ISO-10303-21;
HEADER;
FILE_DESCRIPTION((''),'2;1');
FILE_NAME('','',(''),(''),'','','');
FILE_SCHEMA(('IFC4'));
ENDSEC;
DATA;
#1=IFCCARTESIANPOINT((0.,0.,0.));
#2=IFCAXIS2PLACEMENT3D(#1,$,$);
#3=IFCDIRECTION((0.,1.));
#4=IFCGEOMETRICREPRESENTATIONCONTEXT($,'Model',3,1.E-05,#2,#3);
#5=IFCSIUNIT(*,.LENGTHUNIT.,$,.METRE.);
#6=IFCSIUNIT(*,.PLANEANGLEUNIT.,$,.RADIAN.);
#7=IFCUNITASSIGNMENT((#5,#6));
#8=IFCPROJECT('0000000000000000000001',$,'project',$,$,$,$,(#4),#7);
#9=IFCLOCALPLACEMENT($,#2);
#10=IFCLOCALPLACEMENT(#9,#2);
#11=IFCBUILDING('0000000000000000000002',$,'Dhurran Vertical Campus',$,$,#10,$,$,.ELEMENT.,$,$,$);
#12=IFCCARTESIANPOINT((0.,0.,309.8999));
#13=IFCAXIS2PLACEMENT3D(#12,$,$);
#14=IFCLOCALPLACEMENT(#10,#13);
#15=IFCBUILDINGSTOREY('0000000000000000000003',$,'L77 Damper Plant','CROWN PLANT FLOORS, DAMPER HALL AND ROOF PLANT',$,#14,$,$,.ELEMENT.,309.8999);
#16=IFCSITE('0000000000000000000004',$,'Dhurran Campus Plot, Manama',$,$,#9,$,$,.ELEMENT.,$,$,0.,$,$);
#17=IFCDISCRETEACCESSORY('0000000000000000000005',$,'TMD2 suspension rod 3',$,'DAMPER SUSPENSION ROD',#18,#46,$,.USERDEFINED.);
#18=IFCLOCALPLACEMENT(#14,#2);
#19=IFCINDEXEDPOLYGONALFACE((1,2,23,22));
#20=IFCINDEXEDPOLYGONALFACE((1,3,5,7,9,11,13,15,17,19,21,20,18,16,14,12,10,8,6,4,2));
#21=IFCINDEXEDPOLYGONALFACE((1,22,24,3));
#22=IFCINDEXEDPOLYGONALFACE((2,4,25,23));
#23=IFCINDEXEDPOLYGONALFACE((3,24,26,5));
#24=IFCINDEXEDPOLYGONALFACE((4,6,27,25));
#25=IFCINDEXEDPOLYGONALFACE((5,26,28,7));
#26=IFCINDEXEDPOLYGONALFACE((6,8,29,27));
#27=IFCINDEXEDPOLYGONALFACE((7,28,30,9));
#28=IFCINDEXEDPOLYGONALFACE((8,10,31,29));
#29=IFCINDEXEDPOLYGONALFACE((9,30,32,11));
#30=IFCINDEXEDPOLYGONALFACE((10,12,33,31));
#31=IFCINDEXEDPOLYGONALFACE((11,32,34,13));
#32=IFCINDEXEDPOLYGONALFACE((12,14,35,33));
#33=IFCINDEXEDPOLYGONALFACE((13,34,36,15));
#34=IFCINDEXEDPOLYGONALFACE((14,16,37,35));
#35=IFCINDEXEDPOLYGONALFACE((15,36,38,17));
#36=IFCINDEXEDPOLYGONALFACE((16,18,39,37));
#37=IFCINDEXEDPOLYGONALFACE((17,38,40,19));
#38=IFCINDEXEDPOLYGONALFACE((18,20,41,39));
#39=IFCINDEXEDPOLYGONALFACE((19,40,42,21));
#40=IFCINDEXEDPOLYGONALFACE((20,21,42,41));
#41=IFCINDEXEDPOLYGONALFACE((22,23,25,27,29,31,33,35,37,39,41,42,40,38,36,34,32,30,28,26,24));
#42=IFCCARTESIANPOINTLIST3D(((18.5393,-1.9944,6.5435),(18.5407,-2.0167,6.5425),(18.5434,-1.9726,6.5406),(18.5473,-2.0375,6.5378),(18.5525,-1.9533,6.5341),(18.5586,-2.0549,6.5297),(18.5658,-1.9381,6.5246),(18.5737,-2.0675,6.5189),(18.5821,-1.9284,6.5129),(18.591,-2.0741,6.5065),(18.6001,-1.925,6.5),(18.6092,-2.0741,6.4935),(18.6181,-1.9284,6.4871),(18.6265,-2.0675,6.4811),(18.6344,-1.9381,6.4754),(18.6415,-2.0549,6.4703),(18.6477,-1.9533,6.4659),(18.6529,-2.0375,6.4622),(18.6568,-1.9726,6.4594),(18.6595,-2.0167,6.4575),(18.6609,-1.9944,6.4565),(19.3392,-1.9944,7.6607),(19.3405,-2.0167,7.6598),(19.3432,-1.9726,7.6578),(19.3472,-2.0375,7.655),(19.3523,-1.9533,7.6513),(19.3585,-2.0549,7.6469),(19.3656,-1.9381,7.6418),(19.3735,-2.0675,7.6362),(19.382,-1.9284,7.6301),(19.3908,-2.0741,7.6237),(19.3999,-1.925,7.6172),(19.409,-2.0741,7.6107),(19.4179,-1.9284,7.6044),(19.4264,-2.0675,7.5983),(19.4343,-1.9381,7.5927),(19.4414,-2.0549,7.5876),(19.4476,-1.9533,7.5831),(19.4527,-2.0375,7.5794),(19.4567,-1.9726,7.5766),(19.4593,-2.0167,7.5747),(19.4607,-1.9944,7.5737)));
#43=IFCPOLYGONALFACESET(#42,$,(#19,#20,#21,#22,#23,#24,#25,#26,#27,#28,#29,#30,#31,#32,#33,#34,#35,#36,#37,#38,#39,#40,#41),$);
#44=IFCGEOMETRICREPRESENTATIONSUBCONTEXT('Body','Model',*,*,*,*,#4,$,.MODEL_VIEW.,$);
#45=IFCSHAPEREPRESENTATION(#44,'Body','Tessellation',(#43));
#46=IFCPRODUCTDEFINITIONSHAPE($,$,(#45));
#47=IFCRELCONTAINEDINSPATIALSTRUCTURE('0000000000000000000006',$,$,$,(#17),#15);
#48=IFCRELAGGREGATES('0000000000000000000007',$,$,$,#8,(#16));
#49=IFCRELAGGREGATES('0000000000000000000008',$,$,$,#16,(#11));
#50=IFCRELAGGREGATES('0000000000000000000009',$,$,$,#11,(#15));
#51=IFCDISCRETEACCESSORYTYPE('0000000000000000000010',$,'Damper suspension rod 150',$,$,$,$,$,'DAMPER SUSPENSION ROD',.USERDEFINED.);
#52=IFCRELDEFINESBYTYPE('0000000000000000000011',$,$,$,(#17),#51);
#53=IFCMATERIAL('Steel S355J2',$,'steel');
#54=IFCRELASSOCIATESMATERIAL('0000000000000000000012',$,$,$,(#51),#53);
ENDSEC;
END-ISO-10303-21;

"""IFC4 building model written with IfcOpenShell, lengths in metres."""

from ifc_helpers import new_model, si_unit, direction, frame, origin, origin_2d, place, context, subcontext, project, spatial, circle, extrude, material, material_profile, profile_set, type_object, element, save


model = new_model("IFC4")

# Units and contexts
model_context = context("Model", 3, precision=1e-05, world=origin(), true_north=direction((0.0, 1.0)))
body_context = subcontext(model_context, "Body", "Model", "MODEL_VIEW")
ifc_project = project(units=[si_unit("LENGTHUNIT", "METRE"), si_unit("PLANEANGLEUNIT", "RADIAN")], contexts=[model_context])

# Site, building, storey
site_placement = place(None, origin())
site = spatial("IfcSite", under=ifc_project, at=site_placement, Name="Dhurran Campus Plot, Manama", CompositionType="ELEMENT", RefElevation=0.0)
building_placement = place(site_placement, origin())
building = spatial("IfcBuilding", under=site, at=building_placement, Name="Dhurran Vertical Campus", CompositionType="ELEMENT")
storey_placement = place(building_placement, frame((0.0, 0.0, 309.8999)))
storey = spatial("IfcBuildingStorey", under=building, at=storey_placement, Name="L77 Damper Plant", Description="CROWN PLANT FLOORS, DAMPER HALL AND ROOF PLANT", CompositionType="ELEMENT", Elevation=309.8999)

# Discrete accessory
ifc_material_1 = material(Name="Steel S355J2", Category="steel")
ifc_material_profile_1 = material_profile(ifc_material_1, circle(Radius=0.075, at=origin_2d()), Name="Damper suspension rod 150")
ifc_profile_set_1 = profile_set([ifc_material_profile_1], Name="Steel S355J2")
discrete_accessory_type = type_object("IfcDiscreteAccessoryType", Name="Damper suspension rod 150", ElementType="DAMPER SUSPENSION ROD", PredefinedType="USERDEFINED", material=ifc_profile_set_1)
for number, where, z_axis, x_axis, name in (
    (1, (18.6001, -2.0, 6.5), (0.582112, 0.0, 0.813109), (0.0, 1.0, 0.0), "TMD2 suspension rod 3"),
):
    element("IfcDiscreteAccessory", number, at=place(storey_placement, frame(where, z_axis=z_axis, x_axis=x_axis)), inside=storey, type_object=discrete_accessory_type, Name=name, ObjectType="DAMPER SUSPENSION ROD", PredefinedType="USERDEFINED", context=body_context, shape_type="SweptSolid", body=[
        extrude(circle(Radius=0.075, at=origin_2d()), origin(), (0.0, 0.0, 1.0), 1.374),
    ])

save(model, "model.ifc")
